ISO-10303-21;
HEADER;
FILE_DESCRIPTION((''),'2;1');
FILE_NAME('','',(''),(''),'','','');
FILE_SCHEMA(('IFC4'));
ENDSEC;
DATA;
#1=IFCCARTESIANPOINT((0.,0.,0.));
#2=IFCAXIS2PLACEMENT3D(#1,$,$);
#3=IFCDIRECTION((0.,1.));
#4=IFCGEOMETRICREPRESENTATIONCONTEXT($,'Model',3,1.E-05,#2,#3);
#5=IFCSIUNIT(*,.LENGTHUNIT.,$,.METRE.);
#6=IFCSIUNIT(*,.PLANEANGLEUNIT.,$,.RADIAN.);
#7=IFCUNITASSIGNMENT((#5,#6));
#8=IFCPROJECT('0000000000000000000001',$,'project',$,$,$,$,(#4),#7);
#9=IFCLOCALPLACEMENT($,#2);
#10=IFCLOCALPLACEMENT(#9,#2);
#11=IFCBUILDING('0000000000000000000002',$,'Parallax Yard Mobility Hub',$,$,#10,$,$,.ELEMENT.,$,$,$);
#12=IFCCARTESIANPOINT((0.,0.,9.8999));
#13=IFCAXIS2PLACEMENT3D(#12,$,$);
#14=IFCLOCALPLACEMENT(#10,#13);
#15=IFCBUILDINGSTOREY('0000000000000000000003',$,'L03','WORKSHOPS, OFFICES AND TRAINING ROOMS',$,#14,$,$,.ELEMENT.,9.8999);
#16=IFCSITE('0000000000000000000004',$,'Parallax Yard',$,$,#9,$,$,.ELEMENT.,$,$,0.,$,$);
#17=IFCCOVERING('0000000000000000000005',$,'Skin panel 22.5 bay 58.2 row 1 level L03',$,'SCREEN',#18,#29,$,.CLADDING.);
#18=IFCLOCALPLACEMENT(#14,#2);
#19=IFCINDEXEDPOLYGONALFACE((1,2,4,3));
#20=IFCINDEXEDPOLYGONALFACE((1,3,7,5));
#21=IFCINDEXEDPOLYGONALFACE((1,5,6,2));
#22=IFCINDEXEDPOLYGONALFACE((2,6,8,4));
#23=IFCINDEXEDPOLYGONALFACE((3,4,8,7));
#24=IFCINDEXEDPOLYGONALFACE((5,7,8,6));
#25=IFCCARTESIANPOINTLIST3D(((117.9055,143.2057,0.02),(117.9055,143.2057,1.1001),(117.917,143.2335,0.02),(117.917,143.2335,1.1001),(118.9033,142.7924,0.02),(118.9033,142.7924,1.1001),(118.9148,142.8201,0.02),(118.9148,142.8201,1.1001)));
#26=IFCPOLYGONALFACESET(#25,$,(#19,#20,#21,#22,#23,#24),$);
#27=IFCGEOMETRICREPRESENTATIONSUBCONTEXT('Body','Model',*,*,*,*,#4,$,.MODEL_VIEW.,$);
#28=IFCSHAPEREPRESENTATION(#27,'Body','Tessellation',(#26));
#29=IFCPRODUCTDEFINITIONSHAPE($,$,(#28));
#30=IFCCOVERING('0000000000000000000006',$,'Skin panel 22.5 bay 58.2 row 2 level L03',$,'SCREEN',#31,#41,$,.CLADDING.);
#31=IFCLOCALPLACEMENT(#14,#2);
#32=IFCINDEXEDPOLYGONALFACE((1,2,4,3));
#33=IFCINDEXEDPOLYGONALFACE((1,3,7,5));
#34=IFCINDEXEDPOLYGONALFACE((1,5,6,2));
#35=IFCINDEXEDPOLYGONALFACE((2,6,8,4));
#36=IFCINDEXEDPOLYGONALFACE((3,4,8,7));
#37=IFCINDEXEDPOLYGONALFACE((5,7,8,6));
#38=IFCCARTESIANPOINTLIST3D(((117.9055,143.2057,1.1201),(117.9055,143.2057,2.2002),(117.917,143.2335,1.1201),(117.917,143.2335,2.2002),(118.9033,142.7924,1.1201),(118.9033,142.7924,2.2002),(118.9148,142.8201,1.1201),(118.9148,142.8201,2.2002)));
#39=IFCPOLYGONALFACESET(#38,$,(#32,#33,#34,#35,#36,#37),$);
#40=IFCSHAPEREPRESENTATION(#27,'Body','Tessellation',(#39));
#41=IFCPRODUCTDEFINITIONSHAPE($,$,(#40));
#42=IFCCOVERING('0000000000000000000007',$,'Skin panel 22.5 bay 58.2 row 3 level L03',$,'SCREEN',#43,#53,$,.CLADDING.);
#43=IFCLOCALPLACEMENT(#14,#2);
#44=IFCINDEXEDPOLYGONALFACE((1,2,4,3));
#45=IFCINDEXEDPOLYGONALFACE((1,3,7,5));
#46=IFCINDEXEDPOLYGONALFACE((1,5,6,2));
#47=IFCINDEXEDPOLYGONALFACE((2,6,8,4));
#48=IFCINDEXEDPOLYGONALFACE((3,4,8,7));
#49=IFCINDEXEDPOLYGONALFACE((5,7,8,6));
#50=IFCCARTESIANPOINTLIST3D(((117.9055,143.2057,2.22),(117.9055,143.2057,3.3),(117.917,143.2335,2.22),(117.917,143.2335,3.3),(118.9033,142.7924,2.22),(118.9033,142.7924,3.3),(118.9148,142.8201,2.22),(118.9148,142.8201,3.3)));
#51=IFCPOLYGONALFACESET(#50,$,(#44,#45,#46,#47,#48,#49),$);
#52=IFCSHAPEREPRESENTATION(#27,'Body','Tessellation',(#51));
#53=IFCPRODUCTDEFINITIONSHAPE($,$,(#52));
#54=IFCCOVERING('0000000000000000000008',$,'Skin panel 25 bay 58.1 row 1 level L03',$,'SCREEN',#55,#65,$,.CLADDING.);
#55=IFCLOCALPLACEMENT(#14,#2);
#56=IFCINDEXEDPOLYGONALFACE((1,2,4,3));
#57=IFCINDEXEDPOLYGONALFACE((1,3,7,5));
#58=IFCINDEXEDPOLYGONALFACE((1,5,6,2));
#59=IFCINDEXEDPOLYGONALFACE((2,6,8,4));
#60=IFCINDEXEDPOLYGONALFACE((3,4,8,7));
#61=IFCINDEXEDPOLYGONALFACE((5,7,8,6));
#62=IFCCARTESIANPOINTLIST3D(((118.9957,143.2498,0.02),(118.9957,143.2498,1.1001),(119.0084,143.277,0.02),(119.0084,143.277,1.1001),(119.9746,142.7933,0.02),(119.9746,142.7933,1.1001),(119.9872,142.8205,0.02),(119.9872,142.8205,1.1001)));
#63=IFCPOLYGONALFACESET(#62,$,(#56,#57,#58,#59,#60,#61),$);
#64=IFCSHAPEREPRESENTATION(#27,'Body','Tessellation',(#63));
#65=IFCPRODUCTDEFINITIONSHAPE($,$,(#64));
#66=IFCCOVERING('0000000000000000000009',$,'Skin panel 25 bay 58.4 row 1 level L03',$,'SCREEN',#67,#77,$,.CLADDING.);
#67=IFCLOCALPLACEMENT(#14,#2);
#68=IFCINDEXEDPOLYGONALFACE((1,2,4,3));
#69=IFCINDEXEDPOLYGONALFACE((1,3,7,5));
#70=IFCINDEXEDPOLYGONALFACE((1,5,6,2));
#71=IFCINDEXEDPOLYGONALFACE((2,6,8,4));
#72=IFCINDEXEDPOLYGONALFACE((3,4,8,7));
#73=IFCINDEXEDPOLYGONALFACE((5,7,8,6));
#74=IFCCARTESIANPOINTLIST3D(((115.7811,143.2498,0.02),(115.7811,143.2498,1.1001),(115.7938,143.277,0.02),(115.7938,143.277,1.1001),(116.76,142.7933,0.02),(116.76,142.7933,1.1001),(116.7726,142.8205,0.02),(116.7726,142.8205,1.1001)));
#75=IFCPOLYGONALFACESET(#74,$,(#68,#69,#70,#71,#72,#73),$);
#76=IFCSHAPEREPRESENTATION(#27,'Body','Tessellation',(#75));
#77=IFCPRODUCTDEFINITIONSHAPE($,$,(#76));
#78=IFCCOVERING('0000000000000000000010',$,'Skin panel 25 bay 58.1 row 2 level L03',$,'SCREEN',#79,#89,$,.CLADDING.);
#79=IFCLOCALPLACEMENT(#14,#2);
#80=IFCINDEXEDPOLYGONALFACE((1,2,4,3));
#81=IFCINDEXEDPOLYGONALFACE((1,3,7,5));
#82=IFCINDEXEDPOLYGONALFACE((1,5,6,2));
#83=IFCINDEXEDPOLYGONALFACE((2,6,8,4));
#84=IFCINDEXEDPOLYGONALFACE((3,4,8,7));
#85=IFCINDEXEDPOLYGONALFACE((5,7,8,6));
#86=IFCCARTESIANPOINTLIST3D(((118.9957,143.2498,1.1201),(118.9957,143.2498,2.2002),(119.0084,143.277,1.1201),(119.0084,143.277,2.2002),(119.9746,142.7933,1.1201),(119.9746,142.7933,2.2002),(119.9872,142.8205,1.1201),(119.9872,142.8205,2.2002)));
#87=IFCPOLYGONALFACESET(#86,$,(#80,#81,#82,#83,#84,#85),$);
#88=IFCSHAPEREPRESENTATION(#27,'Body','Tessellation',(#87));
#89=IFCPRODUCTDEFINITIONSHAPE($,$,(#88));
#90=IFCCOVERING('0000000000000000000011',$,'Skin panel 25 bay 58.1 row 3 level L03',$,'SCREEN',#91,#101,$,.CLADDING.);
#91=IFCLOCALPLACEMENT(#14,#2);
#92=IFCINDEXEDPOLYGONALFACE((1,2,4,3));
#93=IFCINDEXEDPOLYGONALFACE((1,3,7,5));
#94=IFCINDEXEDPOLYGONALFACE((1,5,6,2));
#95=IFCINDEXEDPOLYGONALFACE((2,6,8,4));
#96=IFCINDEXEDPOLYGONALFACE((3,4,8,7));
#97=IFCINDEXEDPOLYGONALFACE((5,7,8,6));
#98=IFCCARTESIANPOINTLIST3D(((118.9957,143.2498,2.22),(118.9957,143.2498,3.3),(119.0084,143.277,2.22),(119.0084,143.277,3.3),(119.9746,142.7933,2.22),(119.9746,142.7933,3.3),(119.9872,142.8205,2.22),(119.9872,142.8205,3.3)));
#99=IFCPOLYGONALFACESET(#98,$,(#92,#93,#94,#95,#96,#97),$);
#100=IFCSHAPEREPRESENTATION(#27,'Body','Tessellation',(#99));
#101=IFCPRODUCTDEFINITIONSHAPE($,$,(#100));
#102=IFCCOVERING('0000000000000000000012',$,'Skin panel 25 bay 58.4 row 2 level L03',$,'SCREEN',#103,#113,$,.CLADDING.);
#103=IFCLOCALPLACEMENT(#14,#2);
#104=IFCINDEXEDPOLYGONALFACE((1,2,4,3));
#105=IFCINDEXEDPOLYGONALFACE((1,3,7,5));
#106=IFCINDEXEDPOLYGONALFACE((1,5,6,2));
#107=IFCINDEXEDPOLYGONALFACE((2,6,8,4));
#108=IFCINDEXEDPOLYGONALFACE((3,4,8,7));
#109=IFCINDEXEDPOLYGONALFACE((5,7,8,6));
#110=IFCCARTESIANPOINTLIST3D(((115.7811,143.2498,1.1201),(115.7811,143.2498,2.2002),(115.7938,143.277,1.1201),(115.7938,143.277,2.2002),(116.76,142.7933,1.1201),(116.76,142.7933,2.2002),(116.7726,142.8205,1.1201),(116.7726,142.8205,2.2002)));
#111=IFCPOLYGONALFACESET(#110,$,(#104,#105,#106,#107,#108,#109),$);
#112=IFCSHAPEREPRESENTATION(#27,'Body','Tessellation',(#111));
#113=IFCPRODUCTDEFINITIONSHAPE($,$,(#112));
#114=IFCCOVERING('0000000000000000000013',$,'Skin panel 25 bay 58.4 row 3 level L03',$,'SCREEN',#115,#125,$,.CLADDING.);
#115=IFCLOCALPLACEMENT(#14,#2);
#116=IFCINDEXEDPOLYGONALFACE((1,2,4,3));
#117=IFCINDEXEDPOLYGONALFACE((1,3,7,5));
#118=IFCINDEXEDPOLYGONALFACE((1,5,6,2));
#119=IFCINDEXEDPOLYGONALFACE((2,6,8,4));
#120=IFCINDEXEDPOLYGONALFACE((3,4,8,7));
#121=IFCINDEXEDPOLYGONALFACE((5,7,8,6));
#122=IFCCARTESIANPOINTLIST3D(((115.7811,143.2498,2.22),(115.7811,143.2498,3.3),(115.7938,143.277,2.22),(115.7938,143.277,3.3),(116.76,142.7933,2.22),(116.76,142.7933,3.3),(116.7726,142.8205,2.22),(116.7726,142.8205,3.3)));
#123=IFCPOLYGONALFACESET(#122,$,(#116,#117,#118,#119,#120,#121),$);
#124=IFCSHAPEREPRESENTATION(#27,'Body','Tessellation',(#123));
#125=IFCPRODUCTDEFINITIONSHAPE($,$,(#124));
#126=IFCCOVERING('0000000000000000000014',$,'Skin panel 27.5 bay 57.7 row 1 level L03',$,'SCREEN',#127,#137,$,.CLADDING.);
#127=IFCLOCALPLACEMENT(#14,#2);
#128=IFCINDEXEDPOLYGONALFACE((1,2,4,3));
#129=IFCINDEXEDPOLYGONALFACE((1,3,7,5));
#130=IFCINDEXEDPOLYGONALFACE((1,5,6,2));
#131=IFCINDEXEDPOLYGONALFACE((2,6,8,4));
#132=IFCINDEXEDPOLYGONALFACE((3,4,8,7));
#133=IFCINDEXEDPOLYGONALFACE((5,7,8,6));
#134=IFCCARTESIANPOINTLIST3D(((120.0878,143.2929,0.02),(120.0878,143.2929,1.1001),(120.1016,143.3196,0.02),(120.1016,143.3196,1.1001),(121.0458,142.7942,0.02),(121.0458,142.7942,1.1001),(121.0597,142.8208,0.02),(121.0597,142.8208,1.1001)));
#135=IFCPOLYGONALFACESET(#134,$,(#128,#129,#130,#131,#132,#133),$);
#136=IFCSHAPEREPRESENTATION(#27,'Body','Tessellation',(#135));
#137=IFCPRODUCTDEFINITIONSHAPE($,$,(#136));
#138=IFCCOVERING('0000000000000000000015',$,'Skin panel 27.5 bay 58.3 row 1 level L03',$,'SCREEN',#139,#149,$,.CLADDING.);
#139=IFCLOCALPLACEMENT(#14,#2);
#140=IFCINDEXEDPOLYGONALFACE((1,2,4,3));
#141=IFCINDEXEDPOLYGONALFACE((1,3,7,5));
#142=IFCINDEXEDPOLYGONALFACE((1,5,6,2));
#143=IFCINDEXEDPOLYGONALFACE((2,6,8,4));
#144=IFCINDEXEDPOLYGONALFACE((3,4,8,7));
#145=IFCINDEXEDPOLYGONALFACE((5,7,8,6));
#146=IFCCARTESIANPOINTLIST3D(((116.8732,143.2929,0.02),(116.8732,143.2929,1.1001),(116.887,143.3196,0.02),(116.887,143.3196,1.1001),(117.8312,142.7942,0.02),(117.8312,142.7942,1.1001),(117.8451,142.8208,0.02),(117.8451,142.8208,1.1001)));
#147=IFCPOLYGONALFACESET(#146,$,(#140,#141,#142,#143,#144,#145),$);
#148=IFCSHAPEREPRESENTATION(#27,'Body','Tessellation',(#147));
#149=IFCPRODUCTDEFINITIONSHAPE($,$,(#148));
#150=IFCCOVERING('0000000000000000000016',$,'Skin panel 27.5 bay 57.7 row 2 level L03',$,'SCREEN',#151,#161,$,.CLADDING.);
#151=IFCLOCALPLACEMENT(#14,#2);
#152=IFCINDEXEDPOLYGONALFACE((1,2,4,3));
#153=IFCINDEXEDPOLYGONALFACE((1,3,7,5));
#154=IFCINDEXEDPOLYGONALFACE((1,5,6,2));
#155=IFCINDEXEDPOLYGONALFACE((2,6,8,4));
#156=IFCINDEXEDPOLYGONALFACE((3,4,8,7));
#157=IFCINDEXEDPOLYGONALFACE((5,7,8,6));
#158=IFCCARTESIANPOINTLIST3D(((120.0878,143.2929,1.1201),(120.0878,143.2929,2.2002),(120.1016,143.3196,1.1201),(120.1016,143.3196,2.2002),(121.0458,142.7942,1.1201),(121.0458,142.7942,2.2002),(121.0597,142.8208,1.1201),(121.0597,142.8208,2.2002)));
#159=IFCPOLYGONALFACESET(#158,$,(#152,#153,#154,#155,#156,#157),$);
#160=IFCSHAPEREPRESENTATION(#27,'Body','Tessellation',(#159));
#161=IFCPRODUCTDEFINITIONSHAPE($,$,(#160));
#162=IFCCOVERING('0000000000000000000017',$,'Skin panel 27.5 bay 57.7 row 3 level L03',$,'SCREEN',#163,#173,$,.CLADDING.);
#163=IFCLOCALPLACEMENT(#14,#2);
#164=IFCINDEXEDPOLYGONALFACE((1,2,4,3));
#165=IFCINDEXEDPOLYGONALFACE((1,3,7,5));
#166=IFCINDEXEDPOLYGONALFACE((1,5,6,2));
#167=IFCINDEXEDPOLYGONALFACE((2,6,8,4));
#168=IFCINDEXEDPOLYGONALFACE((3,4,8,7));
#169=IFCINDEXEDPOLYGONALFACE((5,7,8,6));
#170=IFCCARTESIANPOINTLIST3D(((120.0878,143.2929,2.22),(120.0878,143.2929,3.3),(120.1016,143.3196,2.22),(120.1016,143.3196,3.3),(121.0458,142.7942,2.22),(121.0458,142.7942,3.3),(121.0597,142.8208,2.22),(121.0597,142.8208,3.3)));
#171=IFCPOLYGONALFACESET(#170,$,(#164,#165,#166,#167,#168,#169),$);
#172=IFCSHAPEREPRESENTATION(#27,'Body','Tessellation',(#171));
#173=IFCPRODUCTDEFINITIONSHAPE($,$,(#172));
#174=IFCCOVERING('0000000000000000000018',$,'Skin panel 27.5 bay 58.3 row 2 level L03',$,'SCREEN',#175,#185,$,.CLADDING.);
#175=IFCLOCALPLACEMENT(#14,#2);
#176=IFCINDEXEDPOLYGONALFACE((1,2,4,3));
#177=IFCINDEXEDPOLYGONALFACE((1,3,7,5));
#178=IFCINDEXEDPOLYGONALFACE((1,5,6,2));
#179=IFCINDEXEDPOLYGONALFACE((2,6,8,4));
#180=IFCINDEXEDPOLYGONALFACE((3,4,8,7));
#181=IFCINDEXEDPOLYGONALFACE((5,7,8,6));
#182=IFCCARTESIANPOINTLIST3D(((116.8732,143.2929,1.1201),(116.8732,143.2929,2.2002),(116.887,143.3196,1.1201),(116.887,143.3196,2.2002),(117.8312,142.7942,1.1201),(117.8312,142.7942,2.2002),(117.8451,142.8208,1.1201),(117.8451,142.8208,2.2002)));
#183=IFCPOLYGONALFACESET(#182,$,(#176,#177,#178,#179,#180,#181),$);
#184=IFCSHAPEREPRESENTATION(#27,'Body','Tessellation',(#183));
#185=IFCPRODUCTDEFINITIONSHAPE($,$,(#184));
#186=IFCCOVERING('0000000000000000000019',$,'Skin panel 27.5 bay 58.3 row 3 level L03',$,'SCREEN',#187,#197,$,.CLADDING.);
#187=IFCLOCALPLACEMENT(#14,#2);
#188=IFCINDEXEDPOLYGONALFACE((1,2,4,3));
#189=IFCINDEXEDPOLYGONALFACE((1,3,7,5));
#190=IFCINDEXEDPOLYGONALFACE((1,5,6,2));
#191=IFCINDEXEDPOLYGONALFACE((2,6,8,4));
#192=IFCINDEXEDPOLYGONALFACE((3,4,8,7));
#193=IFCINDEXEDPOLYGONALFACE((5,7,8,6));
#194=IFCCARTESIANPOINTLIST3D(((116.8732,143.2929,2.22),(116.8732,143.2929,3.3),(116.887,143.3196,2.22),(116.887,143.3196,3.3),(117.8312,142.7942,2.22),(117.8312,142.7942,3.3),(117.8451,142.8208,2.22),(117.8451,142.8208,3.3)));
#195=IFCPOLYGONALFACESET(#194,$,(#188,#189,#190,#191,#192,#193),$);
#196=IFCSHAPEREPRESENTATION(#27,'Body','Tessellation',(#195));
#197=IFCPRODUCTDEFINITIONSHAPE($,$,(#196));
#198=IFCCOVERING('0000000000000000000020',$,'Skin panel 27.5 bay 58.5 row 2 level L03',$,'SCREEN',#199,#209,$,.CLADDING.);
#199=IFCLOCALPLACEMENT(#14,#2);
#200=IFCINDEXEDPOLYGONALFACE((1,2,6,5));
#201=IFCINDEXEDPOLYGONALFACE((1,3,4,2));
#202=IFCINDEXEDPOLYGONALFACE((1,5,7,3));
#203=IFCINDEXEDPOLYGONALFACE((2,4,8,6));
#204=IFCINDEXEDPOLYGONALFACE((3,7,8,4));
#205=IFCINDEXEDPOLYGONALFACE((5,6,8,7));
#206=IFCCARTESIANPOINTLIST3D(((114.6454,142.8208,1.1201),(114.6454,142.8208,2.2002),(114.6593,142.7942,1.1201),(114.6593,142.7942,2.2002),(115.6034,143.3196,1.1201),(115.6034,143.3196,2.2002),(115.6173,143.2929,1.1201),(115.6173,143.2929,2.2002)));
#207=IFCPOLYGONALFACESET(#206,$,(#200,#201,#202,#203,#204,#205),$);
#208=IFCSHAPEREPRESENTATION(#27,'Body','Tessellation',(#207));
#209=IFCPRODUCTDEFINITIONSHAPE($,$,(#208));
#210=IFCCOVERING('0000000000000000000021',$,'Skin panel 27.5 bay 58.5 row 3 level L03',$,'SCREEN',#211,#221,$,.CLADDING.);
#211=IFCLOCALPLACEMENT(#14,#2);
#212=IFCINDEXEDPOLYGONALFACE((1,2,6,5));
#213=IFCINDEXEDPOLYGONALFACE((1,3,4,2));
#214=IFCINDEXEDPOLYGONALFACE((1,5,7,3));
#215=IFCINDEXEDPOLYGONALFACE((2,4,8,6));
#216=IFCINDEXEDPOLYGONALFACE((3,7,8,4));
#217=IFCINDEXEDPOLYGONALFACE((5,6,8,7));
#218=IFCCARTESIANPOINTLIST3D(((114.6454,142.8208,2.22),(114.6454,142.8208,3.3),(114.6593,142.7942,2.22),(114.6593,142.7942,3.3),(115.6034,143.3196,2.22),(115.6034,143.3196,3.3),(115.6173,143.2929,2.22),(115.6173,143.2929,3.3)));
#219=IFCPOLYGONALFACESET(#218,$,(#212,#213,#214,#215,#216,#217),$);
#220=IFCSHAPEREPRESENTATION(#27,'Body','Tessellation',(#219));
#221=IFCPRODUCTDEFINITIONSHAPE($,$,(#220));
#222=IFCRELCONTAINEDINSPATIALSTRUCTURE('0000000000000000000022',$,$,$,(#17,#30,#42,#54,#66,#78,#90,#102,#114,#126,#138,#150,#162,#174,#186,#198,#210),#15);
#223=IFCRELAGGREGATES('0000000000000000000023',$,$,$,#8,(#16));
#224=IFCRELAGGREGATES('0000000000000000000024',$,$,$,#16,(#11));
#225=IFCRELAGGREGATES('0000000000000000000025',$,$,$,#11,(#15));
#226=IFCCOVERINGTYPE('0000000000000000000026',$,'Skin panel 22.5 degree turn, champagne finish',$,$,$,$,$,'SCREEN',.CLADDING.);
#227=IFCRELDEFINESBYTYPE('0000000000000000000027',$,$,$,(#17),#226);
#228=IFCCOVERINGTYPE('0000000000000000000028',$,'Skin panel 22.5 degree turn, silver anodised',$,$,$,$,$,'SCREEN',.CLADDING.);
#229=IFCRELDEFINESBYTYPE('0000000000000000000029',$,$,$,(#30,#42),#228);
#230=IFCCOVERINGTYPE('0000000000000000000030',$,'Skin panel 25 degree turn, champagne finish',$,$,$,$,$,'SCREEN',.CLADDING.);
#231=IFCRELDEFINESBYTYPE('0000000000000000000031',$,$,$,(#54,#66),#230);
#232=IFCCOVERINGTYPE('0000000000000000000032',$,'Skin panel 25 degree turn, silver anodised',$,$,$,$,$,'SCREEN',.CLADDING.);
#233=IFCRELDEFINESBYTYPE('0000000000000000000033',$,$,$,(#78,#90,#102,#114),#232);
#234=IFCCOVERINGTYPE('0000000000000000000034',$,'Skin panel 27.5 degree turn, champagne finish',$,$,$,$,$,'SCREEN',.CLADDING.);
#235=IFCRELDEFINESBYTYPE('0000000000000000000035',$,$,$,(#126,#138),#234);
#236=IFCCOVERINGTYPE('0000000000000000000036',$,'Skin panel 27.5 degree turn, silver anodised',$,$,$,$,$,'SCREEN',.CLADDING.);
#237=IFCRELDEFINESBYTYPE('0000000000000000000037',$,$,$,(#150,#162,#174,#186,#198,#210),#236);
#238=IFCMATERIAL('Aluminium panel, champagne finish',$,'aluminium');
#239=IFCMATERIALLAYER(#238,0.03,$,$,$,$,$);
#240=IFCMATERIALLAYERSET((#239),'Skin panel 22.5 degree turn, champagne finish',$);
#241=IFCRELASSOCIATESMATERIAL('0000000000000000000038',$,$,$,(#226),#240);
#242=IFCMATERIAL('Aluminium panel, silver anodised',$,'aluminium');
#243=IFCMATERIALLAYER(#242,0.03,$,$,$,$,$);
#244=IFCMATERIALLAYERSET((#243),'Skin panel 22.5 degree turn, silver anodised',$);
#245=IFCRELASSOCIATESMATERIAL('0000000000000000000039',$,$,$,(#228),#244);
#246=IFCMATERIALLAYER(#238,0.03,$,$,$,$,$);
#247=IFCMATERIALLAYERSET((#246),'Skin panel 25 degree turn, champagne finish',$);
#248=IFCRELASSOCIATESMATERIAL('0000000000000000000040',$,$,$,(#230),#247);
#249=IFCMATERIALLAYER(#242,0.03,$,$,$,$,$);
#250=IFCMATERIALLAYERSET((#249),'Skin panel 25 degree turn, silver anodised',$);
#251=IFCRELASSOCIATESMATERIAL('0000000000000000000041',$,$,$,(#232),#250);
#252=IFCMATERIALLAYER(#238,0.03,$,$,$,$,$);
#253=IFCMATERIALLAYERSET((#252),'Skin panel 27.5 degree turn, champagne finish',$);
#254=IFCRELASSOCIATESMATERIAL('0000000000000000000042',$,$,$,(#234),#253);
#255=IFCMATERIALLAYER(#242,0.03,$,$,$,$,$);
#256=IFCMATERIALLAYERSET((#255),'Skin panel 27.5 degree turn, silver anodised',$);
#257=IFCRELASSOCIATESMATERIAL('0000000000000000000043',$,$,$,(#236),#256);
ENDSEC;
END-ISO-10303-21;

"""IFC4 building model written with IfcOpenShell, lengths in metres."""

from ifc_helpers import new_model, si_unit, direction, frame, origin, origin_2d, place, context, subcontext, project, spatial, rectangle, extrude, material, layer, layer_set, type_object, element, save


model = new_model("IFC4")

# Units and contexts
model_context = context("Model", 3, precision=1e-05, world=origin(), true_north=direction((0.0, 1.0)))
body_context = subcontext(model_context, "Body", "Model", "MODEL_VIEW")
ifc_project = project(units=[si_unit("LENGTHUNIT", "METRE"), si_unit("PLANEANGLEUNIT", "RADIAN")], contexts=[model_context])

# Site, building, storey
site_placement = place(None, origin())
site = spatial("IfcSite", under=ifc_project, at=site_placement, Name="Parallax Yard", CompositionType="ELEMENT", RefElevation=0.0)
building_placement = place(site_placement, origin())
building = spatial("IfcBuilding", under=site, at=building_placement, Name="Parallax Yard Mobility Hub", CompositionType="ELEMENT")
storey_placement = place(building_placement, frame((0.0, 0.0, 9.8999)))
storey = spatial("IfcBuildingStorey", under=building, at=storey_placement, Name="L03", Description="WORKSHOPS, OFFICES AND TRAINING ROOMS", CompositionType="ELEMENT", Elevation=9.8999)

# Coverings
ifc_material_1 = material(Name="Aluminium panel, champagne finish", Category="aluminium")
ifc_layer_1 = layer(ifc_material_1, 0.03)
ifc_layer_set_1 = layer_set([ifc_layer_1], Name="Skin panel 22.5 degree turn, champagne finish")
covering_type_1 = type_object("IfcCoveringType", Name="Skin panel 22.5 degree turn, champagne finish", ElementType="SCREEN", PredefinedType="CLADDING", material=ifc_layer_set_1)
covering_1_placement = place(storey_placement, frame((118.4102, 143.0129, 0.02), z_axis=(0.0, 0.0, 1.0), x_axis=(-0.92388, 0.382683, 0.0)))
element("IfcCovering", 1, at=covering_1_placement, inside=storey, type_object=covering_type_1, Name="Skin panel 22.5 bay 58.2 row 1 level L03", ObjectType="SCREEN", PredefinedType="CLADDING", context=body_context, shape_type="SweptSolid", body=[
    extrude(rectangle(XDim=1.0801, YDim=0.03, at=origin_2d()), origin(), (0.0, 0.0, 1.0), 1.0801),
])
ifc_material_2 = material(Name="Aluminium panel, silver anodised", Category="aluminium")
ifc_layer_2 = layer(ifc_material_2, 0.03)
ifc_layer_set_2 = layer_set([ifc_layer_2], Name="Skin panel 22.5 degree turn, silver anodised")
covering_type_2 = type_object("IfcCoveringType", Name="Skin panel 22.5 degree turn, silver anodised", ElementType="SCREEN", PredefinedType="CLADDING", material=ifc_layer_set_2)
for number, where, z_axis, x_axis, name in (
    (2, (118.4102, 143.0129, 1.1201), (0.0, 0.0, 1.0), (-0.92388, 0.382683, 0.0), "Skin panel 22.5 bay 58.2 row 2 level L03"),
    (3, (118.4102, 143.0129, 2.22), (0.0, 0.0, 1.0), (-0.92388, 0.382683, 0.0), "Skin panel 22.5 bay 58.2 row 3 level L03"),
):
    element("IfcCovering", number, at=place(storey_placement, frame(where, z_axis=z_axis, x_axis=x_axis)), inside=storey, type_object=covering_type_2, Name=name, ObjectType="SCREEN", PredefinedType="CLADDING", context=body_context, shape_type="SweptSolid", body=[
        extrude(rectangle(XDim=1.0801, YDim=0.03, at=origin_2d()), origin(), (0.0, 0.0, 1.0), 1.0801),
    ])
ifc_layer_3 = layer(ifc_material_1, 0.03)
ifc_layer_set_3 = layer_set([ifc_layer_3], Name="Skin panel 25 degree turn, champagne finish")
covering_type_3 = type_object("IfcCoveringType", Name="Skin panel 25 degree turn, champagne finish", ElementType="SCREEN", PredefinedType="CLADDING", material=ifc_layer_set_3)
for number, where, z_axis, x_axis, name in (
    (4, (119.4915, 143.0352, 0.02), (0.0, 0.0, 1.0), (-0.906308, 0.422618, 0.0), "Skin panel 25 bay 58.1 row 1 level L03"),
    (5, (116.2769, 143.0352, 0.02), (0.0, 0.0, 1.0), (-0.906308, 0.422618, 0.0), "Skin panel 25 bay 58.4 row 1 level L03"),
):
    element("IfcCovering", number, at=place(storey_placement, frame(where, z_axis=z_axis, x_axis=x_axis)), inside=storey, type_object=covering_type_3, Name=name, ObjectType="SCREEN", PredefinedType="CLADDING", context=body_context, shape_type="SweptSolid", body=[
        extrude(rectangle(XDim=1.0801, YDim=0.03, at=origin_2d()), origin(), (0.0, 0.0, 1.0), 1.0801),
    ])
ifc_layer_4 = layer(ifc_material_2, 0.03)
ifc_layer_set_4 = layer_set([ifc_layer_4], Name="Skin panel 25 degree turn, silver anodised")
covering_type_4 = type_object("IfcCoveringType", Name="Skin panel 25 degree turn, silver anodised", ElementType="SCREEN", PredefinedType="CLADDING", material=ifc_layer_set_4)
for number, where, z_axis, x_axis, name in (
    (6, (119.4915, 143.0352, 1.1201), (0.0, 0.0, 1.0), (-0.906308, 0.422618, 0.0), "Skin panel 25 bay 58.1 row 2 level L03"),
    (7, (119.4915, 143.0352, 2.22), (0.0, 0.0, 1.0), (-0.906308, 0.422618, 0.0), "Skin panel 25 bay 58.1 row 3 level L03"),
    (8, (116.2769, 143.0352, 1.1201), (0.0, 0.0, 1.0), (-0.906308, 0.422618, 0.0), "Skin panel 25 bay 58.4 row 2 level L03"),
    (9, (116.2769, 143.0352, 2.22), (0.0, 0.0, 1.0), (-0.906308, 0.422618, 0.0), "Skin panel 25 bay 58.4 row 3 level L03"),
):
    element("IfcCovering", number, at=place(storey_placement, frame(where, z_axis=z_axis, x_axis=x_axis)), inside=storey, type_object=covering_type_4, Name=name, ObjectType="SCREEN", PredefinedType="CLADDING", context=body_context, shape_type="SweptSolid", body=[
        extrude(rectangle(XDim=1.0801, YDim=0.03, at=origin_2d()), origin(), (0.0, 0.0, 1.0), 1.0801),
    ])
ifc_layer_5 = layer(ifc_material_1, 0.03)
ifc_layer_set_5 = layer_set([ifc_layer_5], Name="Skin panel 27.5 degree turn, champagne finish")
covering_type_5 = type_object("IfcCoveringType", Name="Skin panel 27.5 degree turn, champagne finish", ElementType="SCREEN", PredefinedType="CLADDING", material=ifc_layer_set_5)
for number, where, z_axis, x_axis, name in (
    (10, (120.5737, 143.0569, 0.02), (0.0, 0.0, 1.0), (-0.887011, 0.461749, 0.0), "Skin panel 27.5 bay 57.7 row 1 level L03"),
    (11, (117.3591, 143.0569, 0.02), (0.0, 0.0, 1.0), (-0.887011, 0.461749, 0.0), "Skin panel 27.5 bay 58.3 row 1 level L03"),
):
    element("IfcCovering", number, at=place(storey_placement, frame(where, z_axis=z_axis, x_axis=x_axis)), inside=storey, type_object=covering_type_5, Name=name, ObjectType="SCREEN", PredefinedType="CLADDING", context=body_context, shape_type="SweptSolid", body=[
        extrude(rectangle(XDim=1.0801, YDim=0.03, at=origin_2d()), origin(), (0.0, 0.0, 1.0), 1.0801),
    ])
ifc_layer_6 = layer(ifc_material_2, 0.03)
ifc_layer_set_6 = layer_set([ifc_layer_6], Name="Skin panel 27.5 degree turn, silver anodised")
covering_type_6 = type_object("IfcCoveringType", Name="Skin panel 27.5 degree turn, silver anodised", ElementType="SCREEN", PredefinedType="CLADDING", material=ifc_layer_set_6)
for number, where, z_axis, x_axis, name in (
    (12, (120.5737, 143.0569, 1.1201), (0.0, 0.0, 1.0), (-0.887011, 0.461749, 0.0), "Skin panel 27.5 bay 57.7 row 2 level L03"),
    (13, (120.5737, 143.0569, 2.22), (0.0, 0.0, 1.0), (-0.887011, 0.461749, 0.0), "Skin panel 27.5 bay 57.7 row 3 level L03"),
    (14, (117.3591, 143.0569, 1.1201), (0.0, 0.0, 1.0), (-0.887011, 0.461749, 0.0), "Skin panel 27.5 bay 58.3 row 2 level L03"),
    (15, (117.3591, 143.0569, 2.22), (0.0, 0.0, 1.0), (-0.887011, 0.461749, 0.0), "Skin panel 27.5 bay 58.3 row 3 level L03"),
    (16, (115.1313, 143.0569, 1.1201), (0.0, 0.0, 1.0), (0.887011, 0.461749, 0.0), "Skin panel 27.5 bay 58.5 row 2 level L03"),
    (17, (115.1313, 143.0569, 2.22), (0.0, 0.0, 1.0), (0.887011, 0.461749, 0.0), "Skin panel 27.5 bay 58.5 row 3 level L03"),
):
    element("IfcCovering", number, at=place(storey_placement, frame(where, z_axis=z_axis, x_axis=x_axis)), inside=storey, type_object=covering_type_6, Name=name, ObjectType="SCREEN", PredefinedType="CLADDING", context=body_context, shape_type="SweptSolid", body=[
        extrude(rectangle(XDim=1.0801, YDim=0.03, at=origin_2d()), origin(), (0.0, 0.0, 1.0), 1.0801),
    ])

save(model, "model.ifc")
